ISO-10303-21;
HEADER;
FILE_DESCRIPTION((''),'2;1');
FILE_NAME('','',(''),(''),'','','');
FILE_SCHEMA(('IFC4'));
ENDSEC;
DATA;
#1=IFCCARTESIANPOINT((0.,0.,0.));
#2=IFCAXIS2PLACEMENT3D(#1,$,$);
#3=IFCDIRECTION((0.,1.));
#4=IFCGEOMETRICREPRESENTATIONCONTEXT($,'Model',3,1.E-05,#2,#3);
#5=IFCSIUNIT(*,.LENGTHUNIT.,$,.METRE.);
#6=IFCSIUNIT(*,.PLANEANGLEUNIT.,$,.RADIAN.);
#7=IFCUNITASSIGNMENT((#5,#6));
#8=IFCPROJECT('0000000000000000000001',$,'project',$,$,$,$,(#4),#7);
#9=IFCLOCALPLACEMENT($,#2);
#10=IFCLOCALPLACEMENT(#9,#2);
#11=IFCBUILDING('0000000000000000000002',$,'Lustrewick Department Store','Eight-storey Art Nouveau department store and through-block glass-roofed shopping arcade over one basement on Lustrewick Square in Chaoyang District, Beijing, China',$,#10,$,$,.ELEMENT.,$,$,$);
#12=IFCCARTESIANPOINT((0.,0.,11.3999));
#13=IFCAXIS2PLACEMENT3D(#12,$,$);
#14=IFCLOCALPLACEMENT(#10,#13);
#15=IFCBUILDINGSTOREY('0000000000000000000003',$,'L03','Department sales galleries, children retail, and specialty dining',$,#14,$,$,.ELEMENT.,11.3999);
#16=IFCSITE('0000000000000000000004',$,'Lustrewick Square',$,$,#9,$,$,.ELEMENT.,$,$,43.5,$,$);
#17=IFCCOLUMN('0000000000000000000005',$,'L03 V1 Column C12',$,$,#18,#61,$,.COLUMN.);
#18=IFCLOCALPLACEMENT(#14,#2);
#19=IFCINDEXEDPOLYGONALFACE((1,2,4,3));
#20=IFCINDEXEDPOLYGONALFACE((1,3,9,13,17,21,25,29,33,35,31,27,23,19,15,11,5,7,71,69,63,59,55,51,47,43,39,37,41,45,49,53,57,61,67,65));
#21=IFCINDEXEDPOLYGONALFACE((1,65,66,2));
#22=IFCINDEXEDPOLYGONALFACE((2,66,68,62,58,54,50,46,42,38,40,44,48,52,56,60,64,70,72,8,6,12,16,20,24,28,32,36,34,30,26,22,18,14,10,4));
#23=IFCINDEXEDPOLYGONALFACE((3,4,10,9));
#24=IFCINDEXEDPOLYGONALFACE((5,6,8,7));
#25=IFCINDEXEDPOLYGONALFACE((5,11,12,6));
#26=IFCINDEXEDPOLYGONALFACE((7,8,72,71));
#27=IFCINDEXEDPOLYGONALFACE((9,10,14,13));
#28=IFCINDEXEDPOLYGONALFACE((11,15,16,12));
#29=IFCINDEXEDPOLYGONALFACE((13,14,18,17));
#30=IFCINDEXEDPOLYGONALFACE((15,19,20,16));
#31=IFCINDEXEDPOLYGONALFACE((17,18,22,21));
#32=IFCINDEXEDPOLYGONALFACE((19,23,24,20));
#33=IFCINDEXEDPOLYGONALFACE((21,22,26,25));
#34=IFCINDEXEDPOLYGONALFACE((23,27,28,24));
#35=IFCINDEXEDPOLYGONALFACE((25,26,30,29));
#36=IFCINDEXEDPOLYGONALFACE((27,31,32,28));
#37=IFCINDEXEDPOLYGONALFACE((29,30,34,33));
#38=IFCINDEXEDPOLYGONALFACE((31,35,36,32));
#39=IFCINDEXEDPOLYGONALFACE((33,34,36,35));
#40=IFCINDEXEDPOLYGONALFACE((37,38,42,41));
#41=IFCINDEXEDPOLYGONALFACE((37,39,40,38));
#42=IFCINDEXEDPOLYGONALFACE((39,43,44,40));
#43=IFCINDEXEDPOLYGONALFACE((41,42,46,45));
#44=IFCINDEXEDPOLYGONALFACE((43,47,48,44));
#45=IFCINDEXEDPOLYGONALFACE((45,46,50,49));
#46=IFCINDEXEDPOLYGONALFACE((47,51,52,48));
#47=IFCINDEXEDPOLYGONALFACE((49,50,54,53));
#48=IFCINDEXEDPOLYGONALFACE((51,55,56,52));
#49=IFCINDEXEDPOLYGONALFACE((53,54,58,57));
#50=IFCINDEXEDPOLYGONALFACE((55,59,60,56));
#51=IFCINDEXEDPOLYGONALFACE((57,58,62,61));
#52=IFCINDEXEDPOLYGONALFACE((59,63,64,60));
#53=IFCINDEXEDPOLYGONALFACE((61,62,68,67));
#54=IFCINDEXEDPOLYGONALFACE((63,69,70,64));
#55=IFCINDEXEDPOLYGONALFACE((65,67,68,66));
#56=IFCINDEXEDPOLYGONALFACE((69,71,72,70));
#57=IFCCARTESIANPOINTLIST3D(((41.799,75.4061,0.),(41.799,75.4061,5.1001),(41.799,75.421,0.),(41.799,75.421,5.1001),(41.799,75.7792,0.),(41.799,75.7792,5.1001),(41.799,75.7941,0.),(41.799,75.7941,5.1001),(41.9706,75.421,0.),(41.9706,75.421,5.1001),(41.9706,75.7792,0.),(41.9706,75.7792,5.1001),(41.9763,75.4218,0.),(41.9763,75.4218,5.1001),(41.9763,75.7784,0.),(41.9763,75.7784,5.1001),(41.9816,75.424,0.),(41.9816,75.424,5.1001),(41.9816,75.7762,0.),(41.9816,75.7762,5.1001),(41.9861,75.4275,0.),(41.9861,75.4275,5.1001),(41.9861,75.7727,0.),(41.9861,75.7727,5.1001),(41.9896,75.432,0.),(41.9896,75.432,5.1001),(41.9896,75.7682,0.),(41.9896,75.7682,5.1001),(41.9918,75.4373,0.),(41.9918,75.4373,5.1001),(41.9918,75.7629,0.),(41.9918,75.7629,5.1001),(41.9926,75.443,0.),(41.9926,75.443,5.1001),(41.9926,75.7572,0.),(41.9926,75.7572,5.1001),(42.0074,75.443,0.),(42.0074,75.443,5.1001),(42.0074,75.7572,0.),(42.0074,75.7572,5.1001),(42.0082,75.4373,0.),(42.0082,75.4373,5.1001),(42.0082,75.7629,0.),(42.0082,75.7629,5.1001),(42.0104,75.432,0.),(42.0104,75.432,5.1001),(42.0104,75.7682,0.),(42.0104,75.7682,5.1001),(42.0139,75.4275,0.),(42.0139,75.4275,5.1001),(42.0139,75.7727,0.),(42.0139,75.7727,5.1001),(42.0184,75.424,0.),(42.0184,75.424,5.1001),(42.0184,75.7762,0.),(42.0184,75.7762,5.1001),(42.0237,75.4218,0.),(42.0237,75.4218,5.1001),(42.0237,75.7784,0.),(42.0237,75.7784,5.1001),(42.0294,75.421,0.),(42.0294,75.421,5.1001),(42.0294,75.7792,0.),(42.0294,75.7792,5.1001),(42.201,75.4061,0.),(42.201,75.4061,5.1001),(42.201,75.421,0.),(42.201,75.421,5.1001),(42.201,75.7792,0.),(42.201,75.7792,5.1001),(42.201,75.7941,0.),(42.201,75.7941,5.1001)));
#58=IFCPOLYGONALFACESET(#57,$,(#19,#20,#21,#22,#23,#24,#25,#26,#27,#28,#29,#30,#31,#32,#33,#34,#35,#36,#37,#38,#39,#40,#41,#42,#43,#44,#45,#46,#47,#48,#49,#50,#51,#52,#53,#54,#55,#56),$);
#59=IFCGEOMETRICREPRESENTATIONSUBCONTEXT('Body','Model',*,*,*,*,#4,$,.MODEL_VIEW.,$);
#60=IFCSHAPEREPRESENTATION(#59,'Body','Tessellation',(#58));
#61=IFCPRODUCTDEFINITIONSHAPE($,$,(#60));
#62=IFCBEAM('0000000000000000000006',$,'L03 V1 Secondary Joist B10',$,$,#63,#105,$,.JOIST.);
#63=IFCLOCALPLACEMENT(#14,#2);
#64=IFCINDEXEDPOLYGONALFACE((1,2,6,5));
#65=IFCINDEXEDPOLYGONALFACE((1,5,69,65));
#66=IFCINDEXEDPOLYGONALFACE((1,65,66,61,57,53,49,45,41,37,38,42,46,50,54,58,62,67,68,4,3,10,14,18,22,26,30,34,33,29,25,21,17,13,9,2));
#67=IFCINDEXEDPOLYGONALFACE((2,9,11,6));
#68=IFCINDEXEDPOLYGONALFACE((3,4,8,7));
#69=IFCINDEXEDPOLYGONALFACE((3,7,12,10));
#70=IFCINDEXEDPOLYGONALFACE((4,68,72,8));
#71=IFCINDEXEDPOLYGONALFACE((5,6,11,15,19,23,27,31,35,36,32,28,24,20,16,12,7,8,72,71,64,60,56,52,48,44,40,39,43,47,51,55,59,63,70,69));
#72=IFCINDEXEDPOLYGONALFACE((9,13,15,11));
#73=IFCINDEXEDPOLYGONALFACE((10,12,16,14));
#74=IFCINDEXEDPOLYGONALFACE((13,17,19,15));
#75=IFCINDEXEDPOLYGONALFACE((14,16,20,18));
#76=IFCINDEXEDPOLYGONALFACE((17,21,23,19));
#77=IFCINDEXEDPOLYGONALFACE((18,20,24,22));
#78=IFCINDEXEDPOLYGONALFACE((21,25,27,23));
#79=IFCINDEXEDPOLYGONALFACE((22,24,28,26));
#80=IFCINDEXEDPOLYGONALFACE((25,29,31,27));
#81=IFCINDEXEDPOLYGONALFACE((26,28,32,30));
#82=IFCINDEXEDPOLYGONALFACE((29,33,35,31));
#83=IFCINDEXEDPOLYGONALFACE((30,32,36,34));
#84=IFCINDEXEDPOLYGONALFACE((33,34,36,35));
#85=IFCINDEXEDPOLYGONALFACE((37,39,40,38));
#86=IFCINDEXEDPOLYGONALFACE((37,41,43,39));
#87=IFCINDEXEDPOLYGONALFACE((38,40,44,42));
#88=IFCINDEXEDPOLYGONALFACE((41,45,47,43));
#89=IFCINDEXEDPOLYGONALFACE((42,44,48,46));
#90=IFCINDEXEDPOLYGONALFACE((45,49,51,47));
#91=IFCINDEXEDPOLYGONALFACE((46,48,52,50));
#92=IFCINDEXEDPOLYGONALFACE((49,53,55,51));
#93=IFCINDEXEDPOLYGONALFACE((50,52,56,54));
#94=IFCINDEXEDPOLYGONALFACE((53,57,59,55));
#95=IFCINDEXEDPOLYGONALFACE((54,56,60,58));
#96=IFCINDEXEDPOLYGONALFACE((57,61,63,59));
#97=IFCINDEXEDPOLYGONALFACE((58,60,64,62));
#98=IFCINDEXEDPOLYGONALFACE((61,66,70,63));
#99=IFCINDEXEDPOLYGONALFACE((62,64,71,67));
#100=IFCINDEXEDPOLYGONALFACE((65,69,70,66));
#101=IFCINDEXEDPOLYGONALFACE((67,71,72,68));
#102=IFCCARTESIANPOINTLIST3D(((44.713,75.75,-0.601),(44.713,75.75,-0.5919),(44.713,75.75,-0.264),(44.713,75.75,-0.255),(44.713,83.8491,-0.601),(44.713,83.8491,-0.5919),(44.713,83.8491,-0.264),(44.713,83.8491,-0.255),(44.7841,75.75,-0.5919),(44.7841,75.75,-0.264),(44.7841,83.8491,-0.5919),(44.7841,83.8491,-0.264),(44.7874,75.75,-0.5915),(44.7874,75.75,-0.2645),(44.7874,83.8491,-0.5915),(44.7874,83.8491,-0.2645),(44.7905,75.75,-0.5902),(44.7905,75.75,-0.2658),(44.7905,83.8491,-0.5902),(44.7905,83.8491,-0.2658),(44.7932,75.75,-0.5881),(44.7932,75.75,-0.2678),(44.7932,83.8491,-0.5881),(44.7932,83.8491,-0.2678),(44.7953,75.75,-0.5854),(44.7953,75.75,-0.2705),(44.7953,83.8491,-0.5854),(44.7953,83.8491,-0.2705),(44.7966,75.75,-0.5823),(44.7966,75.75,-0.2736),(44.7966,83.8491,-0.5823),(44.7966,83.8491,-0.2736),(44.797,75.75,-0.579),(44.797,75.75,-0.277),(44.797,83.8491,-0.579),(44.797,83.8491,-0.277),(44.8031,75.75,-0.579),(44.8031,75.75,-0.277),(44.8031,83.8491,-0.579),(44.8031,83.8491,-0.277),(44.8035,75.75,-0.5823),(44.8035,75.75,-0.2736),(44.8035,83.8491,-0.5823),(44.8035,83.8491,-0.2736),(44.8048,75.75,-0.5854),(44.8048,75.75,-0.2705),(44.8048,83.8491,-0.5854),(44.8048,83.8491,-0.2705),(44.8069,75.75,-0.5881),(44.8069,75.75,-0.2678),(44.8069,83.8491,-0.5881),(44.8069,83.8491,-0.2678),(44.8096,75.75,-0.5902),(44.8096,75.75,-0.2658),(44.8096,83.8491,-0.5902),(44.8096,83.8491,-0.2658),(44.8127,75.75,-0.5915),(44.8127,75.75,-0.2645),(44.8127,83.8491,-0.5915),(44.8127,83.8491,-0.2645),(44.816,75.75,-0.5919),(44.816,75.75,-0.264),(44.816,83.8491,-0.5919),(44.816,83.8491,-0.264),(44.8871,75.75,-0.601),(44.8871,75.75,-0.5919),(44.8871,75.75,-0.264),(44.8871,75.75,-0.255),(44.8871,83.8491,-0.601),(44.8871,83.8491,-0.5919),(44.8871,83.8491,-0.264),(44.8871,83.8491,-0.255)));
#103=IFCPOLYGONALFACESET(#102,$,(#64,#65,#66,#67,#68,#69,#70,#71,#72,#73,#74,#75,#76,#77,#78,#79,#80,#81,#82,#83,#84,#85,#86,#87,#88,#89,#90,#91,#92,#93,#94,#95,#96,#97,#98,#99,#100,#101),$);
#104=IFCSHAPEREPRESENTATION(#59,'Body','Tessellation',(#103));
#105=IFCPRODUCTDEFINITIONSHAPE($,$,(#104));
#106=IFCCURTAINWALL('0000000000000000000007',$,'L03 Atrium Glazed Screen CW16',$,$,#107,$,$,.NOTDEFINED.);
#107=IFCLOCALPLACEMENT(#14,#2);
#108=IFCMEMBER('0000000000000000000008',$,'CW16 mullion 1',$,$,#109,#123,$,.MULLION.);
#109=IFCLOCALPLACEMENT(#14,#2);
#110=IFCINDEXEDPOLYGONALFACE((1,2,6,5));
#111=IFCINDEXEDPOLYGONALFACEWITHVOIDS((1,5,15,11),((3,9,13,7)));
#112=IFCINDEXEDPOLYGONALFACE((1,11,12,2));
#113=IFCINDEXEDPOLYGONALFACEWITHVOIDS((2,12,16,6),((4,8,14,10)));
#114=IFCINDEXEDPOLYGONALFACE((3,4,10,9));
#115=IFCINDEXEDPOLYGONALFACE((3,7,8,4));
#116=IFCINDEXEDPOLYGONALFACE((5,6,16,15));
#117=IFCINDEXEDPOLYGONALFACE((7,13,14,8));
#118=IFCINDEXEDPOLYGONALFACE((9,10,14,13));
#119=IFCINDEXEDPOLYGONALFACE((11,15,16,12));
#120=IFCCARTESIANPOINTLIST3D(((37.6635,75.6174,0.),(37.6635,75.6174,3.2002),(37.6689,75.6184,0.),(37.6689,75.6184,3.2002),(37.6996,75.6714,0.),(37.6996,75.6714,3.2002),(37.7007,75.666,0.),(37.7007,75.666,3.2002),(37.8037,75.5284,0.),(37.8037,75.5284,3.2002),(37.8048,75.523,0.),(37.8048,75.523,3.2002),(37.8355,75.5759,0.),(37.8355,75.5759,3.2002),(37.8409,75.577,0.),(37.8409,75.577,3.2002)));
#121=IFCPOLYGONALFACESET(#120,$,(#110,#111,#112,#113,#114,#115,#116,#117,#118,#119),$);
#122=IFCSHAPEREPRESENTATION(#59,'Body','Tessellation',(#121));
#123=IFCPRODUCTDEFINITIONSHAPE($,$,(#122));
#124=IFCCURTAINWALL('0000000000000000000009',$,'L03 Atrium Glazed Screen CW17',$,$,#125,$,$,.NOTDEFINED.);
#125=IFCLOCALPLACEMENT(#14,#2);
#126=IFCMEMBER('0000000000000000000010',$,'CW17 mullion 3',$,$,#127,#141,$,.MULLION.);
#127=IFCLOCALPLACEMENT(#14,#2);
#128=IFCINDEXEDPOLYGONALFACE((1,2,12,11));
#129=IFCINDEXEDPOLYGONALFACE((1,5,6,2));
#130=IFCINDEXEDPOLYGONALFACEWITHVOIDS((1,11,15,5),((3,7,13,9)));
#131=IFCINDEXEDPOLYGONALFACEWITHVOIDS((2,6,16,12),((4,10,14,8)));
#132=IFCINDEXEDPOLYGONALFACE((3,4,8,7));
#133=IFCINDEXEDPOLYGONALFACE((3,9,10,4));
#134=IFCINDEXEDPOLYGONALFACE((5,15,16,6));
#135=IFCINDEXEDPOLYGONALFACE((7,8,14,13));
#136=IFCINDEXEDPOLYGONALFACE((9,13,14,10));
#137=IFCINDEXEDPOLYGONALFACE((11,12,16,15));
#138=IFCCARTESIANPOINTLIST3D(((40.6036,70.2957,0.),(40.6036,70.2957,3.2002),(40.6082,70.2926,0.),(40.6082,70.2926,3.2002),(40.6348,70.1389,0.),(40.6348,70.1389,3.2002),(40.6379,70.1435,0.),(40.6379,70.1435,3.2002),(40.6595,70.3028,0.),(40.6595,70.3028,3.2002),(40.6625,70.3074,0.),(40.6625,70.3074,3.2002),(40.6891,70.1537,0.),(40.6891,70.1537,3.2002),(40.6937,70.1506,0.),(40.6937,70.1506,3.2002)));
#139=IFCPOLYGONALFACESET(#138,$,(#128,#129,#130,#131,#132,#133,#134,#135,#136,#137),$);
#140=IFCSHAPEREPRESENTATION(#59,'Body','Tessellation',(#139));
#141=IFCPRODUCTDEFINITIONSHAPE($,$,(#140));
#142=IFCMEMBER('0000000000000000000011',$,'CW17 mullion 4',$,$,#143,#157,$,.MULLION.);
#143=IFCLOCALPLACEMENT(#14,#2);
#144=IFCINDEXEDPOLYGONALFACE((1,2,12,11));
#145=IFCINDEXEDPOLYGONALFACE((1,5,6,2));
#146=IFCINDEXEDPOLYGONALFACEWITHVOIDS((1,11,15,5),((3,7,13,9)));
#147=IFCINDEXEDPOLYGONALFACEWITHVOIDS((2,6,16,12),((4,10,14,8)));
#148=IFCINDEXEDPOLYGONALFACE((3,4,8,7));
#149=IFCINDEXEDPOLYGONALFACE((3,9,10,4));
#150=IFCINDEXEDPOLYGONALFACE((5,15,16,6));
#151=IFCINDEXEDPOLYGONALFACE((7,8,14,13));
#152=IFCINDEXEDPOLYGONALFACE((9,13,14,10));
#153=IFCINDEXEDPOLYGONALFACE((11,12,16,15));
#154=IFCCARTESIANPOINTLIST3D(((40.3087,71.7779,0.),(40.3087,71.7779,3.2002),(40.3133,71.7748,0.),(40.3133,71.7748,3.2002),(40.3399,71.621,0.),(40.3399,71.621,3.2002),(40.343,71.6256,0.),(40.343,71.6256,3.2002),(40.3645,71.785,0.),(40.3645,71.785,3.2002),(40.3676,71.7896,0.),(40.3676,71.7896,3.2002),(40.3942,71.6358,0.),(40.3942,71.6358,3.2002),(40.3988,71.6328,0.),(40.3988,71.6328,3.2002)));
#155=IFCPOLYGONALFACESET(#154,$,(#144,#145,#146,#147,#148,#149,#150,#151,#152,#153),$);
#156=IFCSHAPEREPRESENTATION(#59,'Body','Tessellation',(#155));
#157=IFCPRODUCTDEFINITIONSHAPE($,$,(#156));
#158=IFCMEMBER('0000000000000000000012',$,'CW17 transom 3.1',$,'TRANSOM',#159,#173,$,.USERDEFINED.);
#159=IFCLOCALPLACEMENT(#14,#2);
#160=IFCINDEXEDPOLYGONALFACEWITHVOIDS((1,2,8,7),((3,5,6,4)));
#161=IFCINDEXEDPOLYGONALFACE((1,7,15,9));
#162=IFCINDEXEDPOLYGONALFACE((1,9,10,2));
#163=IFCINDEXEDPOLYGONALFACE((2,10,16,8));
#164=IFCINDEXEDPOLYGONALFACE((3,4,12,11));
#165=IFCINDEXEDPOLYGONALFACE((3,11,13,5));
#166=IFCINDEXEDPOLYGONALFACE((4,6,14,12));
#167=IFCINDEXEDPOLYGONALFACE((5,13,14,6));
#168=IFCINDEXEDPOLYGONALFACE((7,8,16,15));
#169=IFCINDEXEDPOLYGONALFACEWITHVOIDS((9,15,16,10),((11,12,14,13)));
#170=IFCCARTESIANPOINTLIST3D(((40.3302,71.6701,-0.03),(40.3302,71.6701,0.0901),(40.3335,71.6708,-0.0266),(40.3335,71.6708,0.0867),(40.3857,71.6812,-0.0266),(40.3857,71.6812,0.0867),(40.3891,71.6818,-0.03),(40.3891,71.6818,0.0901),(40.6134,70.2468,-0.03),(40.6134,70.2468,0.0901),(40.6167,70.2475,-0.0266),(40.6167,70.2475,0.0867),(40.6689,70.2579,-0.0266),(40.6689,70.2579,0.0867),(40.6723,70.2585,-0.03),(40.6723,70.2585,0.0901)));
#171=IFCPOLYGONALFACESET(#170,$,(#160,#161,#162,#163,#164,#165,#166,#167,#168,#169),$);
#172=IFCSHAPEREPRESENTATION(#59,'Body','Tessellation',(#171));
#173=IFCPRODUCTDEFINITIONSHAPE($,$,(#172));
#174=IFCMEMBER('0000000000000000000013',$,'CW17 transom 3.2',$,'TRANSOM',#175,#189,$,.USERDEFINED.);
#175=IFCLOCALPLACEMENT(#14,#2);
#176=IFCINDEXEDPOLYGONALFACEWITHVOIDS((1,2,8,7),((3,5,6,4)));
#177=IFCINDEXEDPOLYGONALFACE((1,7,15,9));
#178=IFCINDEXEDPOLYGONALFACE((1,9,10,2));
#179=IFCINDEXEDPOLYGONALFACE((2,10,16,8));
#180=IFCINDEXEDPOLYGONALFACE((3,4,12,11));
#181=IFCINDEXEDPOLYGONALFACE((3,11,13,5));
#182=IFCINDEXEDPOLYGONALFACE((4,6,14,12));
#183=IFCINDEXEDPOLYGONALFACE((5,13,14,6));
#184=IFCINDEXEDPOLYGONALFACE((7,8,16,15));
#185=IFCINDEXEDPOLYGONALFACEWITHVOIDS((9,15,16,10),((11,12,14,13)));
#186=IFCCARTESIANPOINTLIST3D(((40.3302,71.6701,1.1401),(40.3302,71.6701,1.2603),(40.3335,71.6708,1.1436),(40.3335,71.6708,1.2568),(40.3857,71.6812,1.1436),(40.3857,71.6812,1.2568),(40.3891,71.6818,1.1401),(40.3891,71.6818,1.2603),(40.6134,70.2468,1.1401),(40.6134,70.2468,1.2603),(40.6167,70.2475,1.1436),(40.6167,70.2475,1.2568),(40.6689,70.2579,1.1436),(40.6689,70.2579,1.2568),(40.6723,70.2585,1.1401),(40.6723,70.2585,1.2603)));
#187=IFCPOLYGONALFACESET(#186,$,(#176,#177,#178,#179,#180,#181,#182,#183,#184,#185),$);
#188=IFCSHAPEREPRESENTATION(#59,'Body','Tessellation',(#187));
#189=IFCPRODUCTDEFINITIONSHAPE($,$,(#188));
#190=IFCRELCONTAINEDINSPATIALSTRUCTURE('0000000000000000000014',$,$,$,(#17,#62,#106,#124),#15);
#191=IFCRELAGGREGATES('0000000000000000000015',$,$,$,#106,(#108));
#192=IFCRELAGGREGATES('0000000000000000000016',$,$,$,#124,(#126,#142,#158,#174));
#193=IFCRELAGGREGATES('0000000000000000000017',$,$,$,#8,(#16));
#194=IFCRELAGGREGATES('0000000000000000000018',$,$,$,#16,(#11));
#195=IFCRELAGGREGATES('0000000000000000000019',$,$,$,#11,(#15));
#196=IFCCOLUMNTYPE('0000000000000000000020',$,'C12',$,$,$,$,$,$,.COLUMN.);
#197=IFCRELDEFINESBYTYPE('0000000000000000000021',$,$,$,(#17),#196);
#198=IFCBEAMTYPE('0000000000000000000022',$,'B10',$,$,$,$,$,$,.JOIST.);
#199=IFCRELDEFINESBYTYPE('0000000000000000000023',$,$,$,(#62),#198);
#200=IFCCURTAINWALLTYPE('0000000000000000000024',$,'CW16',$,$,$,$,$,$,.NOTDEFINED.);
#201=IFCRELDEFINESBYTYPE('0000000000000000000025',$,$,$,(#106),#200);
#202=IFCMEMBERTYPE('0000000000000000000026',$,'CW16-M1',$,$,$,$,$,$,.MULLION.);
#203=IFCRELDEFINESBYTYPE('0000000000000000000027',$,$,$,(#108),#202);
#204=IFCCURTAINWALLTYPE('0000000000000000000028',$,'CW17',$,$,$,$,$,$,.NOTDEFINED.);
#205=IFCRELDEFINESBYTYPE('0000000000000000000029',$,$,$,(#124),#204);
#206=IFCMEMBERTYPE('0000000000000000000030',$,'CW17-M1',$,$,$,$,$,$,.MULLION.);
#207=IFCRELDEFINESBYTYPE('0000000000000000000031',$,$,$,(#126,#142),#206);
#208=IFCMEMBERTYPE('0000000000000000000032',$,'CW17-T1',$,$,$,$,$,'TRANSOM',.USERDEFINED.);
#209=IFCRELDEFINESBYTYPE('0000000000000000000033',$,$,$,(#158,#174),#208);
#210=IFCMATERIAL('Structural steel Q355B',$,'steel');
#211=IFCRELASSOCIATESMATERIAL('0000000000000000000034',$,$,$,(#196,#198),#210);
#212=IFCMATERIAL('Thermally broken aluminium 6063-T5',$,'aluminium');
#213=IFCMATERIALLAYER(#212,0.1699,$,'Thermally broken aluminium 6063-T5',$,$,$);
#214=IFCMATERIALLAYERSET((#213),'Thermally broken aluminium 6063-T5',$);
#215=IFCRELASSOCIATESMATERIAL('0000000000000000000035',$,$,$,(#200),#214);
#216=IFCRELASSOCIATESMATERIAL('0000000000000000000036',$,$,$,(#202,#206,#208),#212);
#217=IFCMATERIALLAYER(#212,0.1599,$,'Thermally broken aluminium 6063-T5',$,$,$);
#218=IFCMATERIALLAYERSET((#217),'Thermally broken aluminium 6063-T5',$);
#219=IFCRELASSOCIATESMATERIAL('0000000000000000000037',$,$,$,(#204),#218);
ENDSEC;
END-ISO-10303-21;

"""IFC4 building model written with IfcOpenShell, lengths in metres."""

from ifc_helpers import new_model, si_unit, direction, frame, origin, origin_2d, place, context, subcontext, project, spatial, hollow_rectangle, i_section, extrude, material, layer, layer_set, material_profile, profile_set, type_object, element, aggregate, save


model = new_model("IFC4")

# Units and contexts
model_context = context("Model", 3, precision=1e-05, world=origin(), true_north=direction((0.0, 1.0)))
body_context = subcontext(model_context, "Body", "Model", "MODEL_VIEW")
ifc_project = project(units=[si_unit("LENGTHUNIT", "METRE"), si_unit("PLANEANGLEUNIT", "RADIAN")], contexts=[model_context])

# Site, building, storey
site_placement = place(None, origin())
site = spatial("IfcSite", under=ifc_project, at=site_placement, Name="Lustrewick Square", CompositionType="ELEMENT", RefElevation=43.5)
building_placement = place(site_placement, origin())
building = spatial("IfcBuilding", under=site, at=building_placement, Name="Lustrewick Department Store", Description="Eight-storey Art Nouveau department store and through-block glass-roofed shopping arcade over one basement on Lustrewick Square in Chaoyang District, Beijing, China", CompositionType="ELEMENT")
storey_placement = place(building_placement, frame((0.0, 0.0, 11.3999)))
storey = spatial("IfcBuildingStorey", under=building, at=storey_placement, Name="L03", Description="Department sales galleries, children retail, and specialty dining", CompositionType="ELEMENT", Elevation=11.3999)

# Column
ifc_material_1 = material(Name="Structural steel Q355B", Category="steel")
ifc_material_profile_1 = material_profile(ifc_material_1, i_section(OverallWidth=0.4021, OverallDepth=0.3879, WebThickness=0.0149, FlangeThickness=0.0149, FilletRadius=0.022, at=origin_2d()), Name="HW 388x402x15x15")
ifc_profile_set_1 = profile_set([ifc_material_profile_1], Name="Structural steel Q355B")
column_type = type_object("IfcColumnType", Name="C12", PredefinedType="COLUMN", material=ifc_profile_set_1)
column_placement = place(storey_placement, frame((42.0, 75.6001, 0.0), z_axis=(0.0, 0.0, 1.0), x_axis=(1.0, 0.0, 0.0)))
element("IfcColumn", 1, at=column_placement, inside=storey, type_object=column_type, Name="L03 V1 Column C12", PredefinedType="COLUMN", context=body_context, shape_type="SweptSolid", body=[
    extrude(i_section(OverallWidth=0.4021, OverallDepth=0.3879, WebThickness=0.0149, FlangeThickness=0.0149, FilletRadius=0.022, at=origin_2d()), origin(), (0.0, 0.0, 1.0), 5.1001),
])

# Beam
ifc_material_profile_2 = material_profile(ifc_material_1, i_section(OverallWidth=0.1741, OverallDepth=0.3459, WebThickness=0.0061, FlangeThickness=0.009, FilletRadius=0.0129, at=origin_2d()), Name="HN 346x174x6x9")
ifc_profile_set_2 = profile_set([ifc_material_profile_2], Name="Structural steel Q355B")
beam_type_1 = type_object("IfcBeamType", Name="B10", PredefinedType="JOIST", material=ifc_profile_set_2)
beam_1_placement = place(storey_placement, frame((44.8, 75.75, -0.428), z_axis=(0.0, 1.0, 0.0), x_axis=(-1.0, 0.0, 0.0)))
element("IfcBeam", 2, at=beam_1_placement, inside=storey, type_object=beam_type_1, Name="L03 V1 Secondary Joist B10", PredefinedType="JOIST", context=body_context, shape_type="SweptSolid", body=[
    extrude(i_section(OverallWidth=0.1741, OverallDepth=0.3459, WebThickness=0.0061, FlangeThickness=0.009, FilletRadius=0.0129, at=origin_2d()), origin(), (0.0, 0.0, 1.0), 8.0991),
])

# Curtain wall, member
ifc_material_2 = material(Name="Thermally broken aluminium 6063-T5", Category="aluminium")
ifc_layer_1 = layer(ifc_material_2, 0.1699, Name="Thermally broken aluminium 6063-T5")
ifc_layer_set_1 = layer_set([ifc_layer_1], Name="Thermally broken aluminium 6063-T5")
curtain_wall_type_1 = type_object("IfcCurtainWallType", Name="CW16", PredefinedType="NOTDEFINED", material=ifc_layer_set_1)
curtain_wall_1_placement = place(storey_placement, origin())
curtain_wall_1 = element("IfcCurtainWall", 3, at=curtain_wall_1_placement, inside=storey, type_object=curtain_wall_type_1, Name="L03 Atrium Glazed Screen CW16", PredefinedType="NOTDEFINED")
ifc_material_profile_3 = material_profile(ifc_material_2, hollow_rectangle(XDim=0.0649, YDim=0.1699, WallThickness=0.0039, at=origin_2d()), Name="ALU-M 65x170x4")
ifc_profile_set_3 = profile_set([ifc_material_profile_3], Name="Thermally broken aluminium 6063-T5")
member_type_1 = type_object("IfcMemberType", Name="CW16-M1", PredefinedType="MULLION", material=ifc_profile_set_3)
member_1_placement = place(storey_placement, frame((37.7522, 75.5972, 0.0), z_axis=(0.0, 0.0, 1.0), x_axis=(-0.555578, -0.831464, 0.0)))
member_1 = element("IfcMember", 4, at=member_1_placement, type_object=member_type_1, Name="CW16 mullion 1", PredefinedType="MULLION", context=body_context, shape_type="SweptSolid", body=[
    extrude(hollow_rectangle(XDim=0.0649, YDim=0.1699, WallThickness=0.0039, at=origin_2d()), origin(), (0.0, 0.0, 1.0), 3.2002),
])
aggregate(curtain_wall_1, [member_1])

# Curtain wall, members
ifc_layer_2 = layer(ifc_material_2, 0.1599, Name="Thermally broken aluminium 6063-T5")
ifc_layer_set_2 = layer_set([ifc_layer_2], Name="Thermally broken aluminium 6063-T5")
curtain_wall_type_2 = type_object("IfcCurtainWallType", Name="CW17", PredefinedType="NOTDEFINED", material=ifc_layer_set_2)
curtain_wall_2_placement = place(storey_placement, origin())
curtain_wall_2 = element("IfcCurtainWall", 5, at=curtain_wall_2_placement, inside=storey, type_object=curtain_wall_type_2, Name="L03 Atrium Glazed Screen CW17", PredefinedType="NOTDEFINED")
ifc_material_profile_4 = material_profile(ifc_material_2, hollow_rectangle(XDim=0.0601, YDim=0.1599, WallThickness=0.0039, at=origin_2d()), Name="ALU-M 60x160x4")
ifc_profile_set_4 = profile_set([ifc_material_profile_4], Name="Thermally broken aluminium 6063-T5")
member_type_2 = type_object("IfcMemberType", Name="CW17-M1", PredefinedType="MULLION", material=ifc_profile_set_4)
member_2_placement = place(storey_placement, frame((40.6487, 70.2231, 0.0), z_axis=(0.0, 0.0, 1.0), x_axis=(-0.980786, -0.195085, 0.0)))
member_2 = element("IfcMember", 6, at=member_2_placement, type_object=member_type_2, Name="CW17 mullion 3", PredefinedType="MULLION", context=body_context, shape_type="SweptSolid", body=[
    extrude(hollow_rectangle(XDim=0.0601, YDim=0.1599, WallThickness=0.0039, at=origin_2d()), origin(), (0.0, 0.0, 1.0), 3.2002),
])
member_3_placement = place(storey_placement, frame((40.3538, 71.7053, 0.0), z_axis=(0.0, 0.0, 1.0), x_axis=(-0.980786, -0.195085, 0.0)))
member_3 = element("IfcMember", 7, at=member_3_placement, type_object=member_type_2, Name="CW17 mullion 4", PredefinedType="MULLION", context=body_context, shape_type="SweptSolid", body=[
    extrude(hollow_rectangle(XDim=0.0601, YDim=0.1599, WallThickness=0.0039, at=origin_2d()), origin(), (0.0, 0.0, 1.0), 3.2002),
])
ifc_material_profile_5 = material_profile(ifc_material_2, hollow_rectangle(XDim=0.0601, YDim=0.1201, WallThickness=0.0034, at=origin_2d()), Name="ALU-T 60x120x3.5")
ifc_profile_set_5 = profile_set([ifc_material_profile_5], Name="Thermally broken aluminium 6063-T5")
member_type_3 = type_object("IfcMemberType", Name="CW17-T1", ElementType="TRANSOM", PredefinedType="USERDEFINED", material=ifc_profile_set_5)
member_4_placement = place(storey_placement, frame((40.6428, 70.2527, 0.03), z_axis=(-0.195145, 0.980774, 0.0), x_axis=(-0.980774, -0.195145, 0.0)))
member_4 = element("IfcMember", 8, at=member_4_placement, type_object=member_type_3, Name="CW17 transom 3.1", ObjectType="TRANSOM", PredefinedType="USERDEFINED", context=body_context, shape_type="SweptSolid", body=[
    extrude(hollow_rectangle(XDim=0.0601, YDim=0.1201, WallThickness=0.0034, at=origin_2d()), origin(), (0.0, 0.0, 1.0), 1.4512),
])
member_5_placement = place(storey_placement, frame((40.6428, 70.2527, 1.2002), z_axis=(-0.195145, 0.980774, 0.0), x_axis=(-0.980774, -0.195145, 0.0)))
member_5 = element("IfcMember", 9, at=member_5_placement, type_object=member_type_3, Name="CW17 transom 3.2", ObjectType="TRANSOM", PredefinedType="USERDEFINED", context=body_context, shape_type="SweptSolid", body=[
    extrude(hollow_rectangle(XDim=0.0601, YDim=0.1201, WallThickness=0.0034, at=origin_2d()), origin(), (0.0, 0.0, 1.0), 1.4512),
])

aggregate(curtain_wall_2, [member_2, member_3, member_4, member_5])

save(model, "model.ifc")
